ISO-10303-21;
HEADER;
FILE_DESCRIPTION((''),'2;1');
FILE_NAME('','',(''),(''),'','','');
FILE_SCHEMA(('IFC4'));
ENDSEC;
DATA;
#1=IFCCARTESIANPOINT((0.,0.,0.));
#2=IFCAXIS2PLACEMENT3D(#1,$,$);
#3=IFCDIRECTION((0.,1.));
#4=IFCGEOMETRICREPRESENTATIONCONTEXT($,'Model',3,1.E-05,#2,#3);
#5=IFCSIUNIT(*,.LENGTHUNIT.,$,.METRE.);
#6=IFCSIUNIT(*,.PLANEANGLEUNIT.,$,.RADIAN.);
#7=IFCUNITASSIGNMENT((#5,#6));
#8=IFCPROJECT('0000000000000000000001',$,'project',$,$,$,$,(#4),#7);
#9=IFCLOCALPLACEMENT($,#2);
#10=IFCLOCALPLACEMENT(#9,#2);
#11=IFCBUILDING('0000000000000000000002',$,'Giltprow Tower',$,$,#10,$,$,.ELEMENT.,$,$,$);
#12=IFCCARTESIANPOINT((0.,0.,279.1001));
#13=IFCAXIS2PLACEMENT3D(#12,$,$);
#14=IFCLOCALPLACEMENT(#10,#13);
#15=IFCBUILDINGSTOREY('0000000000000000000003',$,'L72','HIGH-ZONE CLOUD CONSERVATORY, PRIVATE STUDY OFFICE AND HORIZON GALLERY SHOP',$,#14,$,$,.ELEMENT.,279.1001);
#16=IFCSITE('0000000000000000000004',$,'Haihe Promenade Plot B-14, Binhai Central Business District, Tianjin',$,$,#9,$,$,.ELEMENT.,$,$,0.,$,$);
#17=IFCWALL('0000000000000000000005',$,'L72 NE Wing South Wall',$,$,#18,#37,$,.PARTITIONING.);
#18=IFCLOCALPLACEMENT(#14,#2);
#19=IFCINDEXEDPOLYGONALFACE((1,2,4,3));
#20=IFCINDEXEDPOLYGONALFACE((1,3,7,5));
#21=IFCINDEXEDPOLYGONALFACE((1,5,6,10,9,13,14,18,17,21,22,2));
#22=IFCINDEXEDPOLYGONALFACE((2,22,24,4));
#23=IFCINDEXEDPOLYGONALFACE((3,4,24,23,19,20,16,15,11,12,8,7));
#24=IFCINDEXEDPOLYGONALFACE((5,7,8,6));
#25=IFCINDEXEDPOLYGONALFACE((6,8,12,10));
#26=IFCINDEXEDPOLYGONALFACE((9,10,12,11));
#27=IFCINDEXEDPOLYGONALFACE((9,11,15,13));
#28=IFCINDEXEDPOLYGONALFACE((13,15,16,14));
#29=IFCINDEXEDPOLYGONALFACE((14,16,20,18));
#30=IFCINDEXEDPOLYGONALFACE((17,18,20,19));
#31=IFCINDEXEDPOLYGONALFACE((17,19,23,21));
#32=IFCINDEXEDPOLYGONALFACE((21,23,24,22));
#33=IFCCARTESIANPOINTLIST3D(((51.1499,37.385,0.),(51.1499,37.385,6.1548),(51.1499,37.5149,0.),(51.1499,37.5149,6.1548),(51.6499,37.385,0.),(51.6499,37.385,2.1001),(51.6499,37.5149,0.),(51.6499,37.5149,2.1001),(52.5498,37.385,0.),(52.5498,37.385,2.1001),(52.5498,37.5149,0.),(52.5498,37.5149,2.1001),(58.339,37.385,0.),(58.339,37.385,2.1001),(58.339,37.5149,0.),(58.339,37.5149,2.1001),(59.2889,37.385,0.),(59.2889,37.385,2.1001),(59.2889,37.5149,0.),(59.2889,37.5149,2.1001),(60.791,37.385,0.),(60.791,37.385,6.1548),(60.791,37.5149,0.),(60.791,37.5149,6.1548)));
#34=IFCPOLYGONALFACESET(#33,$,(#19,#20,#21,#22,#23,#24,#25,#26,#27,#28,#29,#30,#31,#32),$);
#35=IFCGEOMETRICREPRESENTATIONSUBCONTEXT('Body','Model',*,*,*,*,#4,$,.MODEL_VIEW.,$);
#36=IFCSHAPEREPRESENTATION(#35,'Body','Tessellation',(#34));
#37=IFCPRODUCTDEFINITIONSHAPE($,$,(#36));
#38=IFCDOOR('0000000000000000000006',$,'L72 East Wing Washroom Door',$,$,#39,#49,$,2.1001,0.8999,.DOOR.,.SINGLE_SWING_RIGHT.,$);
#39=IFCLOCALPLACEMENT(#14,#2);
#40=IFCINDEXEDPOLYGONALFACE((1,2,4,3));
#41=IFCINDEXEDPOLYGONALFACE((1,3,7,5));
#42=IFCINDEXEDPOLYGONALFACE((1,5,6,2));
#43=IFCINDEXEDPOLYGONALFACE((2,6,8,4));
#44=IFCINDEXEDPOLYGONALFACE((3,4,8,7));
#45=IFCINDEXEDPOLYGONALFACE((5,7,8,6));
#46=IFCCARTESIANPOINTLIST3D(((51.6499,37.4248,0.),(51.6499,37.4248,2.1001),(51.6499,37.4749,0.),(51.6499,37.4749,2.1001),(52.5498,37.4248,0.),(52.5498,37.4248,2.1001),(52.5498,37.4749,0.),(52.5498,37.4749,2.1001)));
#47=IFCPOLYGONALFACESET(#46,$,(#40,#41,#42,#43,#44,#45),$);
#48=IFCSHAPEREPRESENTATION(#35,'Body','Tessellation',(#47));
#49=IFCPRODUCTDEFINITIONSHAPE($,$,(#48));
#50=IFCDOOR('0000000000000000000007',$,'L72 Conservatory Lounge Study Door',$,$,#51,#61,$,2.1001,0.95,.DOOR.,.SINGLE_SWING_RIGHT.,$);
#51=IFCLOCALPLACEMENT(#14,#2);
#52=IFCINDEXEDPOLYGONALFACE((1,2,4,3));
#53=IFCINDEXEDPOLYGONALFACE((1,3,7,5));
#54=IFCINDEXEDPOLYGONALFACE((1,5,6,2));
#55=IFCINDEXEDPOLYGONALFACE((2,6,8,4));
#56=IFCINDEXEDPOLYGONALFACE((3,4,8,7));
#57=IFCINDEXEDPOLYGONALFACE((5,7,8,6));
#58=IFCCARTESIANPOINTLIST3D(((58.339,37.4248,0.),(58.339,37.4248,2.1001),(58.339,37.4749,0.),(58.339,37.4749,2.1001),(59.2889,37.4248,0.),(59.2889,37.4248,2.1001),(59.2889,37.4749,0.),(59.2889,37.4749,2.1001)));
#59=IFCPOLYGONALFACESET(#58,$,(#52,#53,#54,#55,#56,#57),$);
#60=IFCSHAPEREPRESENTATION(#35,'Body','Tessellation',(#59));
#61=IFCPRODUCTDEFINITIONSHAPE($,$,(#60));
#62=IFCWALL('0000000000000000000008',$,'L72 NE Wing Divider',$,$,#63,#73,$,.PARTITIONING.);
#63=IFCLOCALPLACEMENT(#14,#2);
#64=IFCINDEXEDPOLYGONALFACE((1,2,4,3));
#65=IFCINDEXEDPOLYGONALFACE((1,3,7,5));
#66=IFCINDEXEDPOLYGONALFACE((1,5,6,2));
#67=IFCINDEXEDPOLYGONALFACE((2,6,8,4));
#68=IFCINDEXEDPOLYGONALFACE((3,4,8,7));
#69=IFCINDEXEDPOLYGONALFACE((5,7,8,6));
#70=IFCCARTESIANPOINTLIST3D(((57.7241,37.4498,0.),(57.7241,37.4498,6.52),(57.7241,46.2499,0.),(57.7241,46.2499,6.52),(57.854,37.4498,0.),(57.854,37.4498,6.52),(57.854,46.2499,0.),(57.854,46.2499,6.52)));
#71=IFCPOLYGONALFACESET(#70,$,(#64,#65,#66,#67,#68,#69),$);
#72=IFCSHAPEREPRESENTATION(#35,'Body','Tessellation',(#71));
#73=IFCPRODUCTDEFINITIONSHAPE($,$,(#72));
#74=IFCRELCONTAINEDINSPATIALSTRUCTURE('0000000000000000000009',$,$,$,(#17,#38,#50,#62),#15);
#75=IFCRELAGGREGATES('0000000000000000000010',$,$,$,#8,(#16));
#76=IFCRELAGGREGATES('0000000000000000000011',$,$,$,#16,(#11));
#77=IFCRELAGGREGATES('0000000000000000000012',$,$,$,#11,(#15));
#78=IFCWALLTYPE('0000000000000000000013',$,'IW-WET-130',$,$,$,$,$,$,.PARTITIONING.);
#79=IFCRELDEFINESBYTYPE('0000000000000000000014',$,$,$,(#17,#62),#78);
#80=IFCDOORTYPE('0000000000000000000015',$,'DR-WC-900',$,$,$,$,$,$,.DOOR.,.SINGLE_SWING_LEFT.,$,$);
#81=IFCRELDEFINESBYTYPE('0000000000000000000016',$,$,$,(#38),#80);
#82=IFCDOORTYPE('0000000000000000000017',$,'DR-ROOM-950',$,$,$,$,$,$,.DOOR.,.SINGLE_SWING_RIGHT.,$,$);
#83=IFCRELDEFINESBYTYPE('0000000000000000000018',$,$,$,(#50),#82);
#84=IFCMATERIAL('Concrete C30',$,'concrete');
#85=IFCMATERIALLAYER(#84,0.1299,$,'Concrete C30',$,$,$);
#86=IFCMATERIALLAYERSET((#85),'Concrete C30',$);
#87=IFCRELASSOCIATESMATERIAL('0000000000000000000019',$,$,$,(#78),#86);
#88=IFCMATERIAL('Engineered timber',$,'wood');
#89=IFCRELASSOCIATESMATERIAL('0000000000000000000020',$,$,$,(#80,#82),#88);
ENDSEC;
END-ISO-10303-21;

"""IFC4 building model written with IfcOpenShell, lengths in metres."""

from ifc_helpers import new_model, si_unit, direction, frame, frame_2d, origin, place, context, subcontext, project, spatial, rectangle, extrude, source, transform, mapped, material, layer, layer_set, type_object, element, fill, save


model = new_model("IFC4")

# Units and contexts
model_context = context("Model", 3, precision=1e-05, world=origin(), true_north=direction((0.0, 1.0)))
body_context = subcontext(model_context, "Body", "Model", "MODEL_VIEW")
ifc_project = project(units=[si_unit("LENGTHUNIT", "METRE"), si_unit("PLANEANGLEUNIT", "RADIAN")], contexts=[model_context])

# Site, building, storey
site_placement = place(None, origin())
site = spatial("IfcSite", under=ifc_project, at=site_placement, Name="Haihe Promenade Plot B-14, Binhai Central Business District, Tianjin", CompositionType="ELEMENT", RefElevation=0.0)
building_placement = place(site_placement, origin())
building = spatial("IfcBuilding", under=site, at=building_placement, Name="Giltprow Tower", CompositionType="ELEMENT")
storey_placement = place(building_placement, frame((0.0, 0.0, 279.1001)))
storey = spatial("IfcBuildingStorey", under=building, at=storey_placement, Name="L72", Description="HIGH-ZONE CLOUD CONSERVATORY, PRIVATE STUDY OFFICE AND HORIZON GALLERY SHOP", CompositionType="ELEMENT", Elevation=279.1001)

# Wall, openings, doors
ifc_material_1 = material(Name="Concrete C30", Category="concrete")
ifc_layer_1 = layer(ifc_material_1, 0.1299, Name="Concrete C30")
ifc_layer_set_1 = layer_set([ifc_layer_1], Name="Concrete C30")
wall_type_1 = type_object("IfcWallType", Name="IW-WET-130", PredefinedType="PARTITIONING", material=ifc_layer_set_1)
wall_1_placement = place(storey_placement, frame((51.1499, 37.45, 0.0), z_axis=(0.0, 0.0, 1.0), x_axis=(1.0, 0.0, 0.0)))
wall_1 = element("IfcWall", 1, at=wall_1_placement, inside=storey, type_object=wall_type_1, Name="L72 NE Wing South Wall", PredefinedType="PARTITIONING", context=body_context, shape_type="SweptSolid", body=[
    extrude(rectangle(XDim=9.6411, YDim=0.1299, at=frame_2d((4.8206, 0.0))), origin(), (0.0, 0.0, 1.0), 6.1548),
])
opening_1_placement = place(wall_1_placement, frame((0.5, 0.0, 0.0)))
opening_1 = element("IfcOpeningElement", 2, at=opening_1_placement, cuts=wall_1, PredefinedType="OPENING", context=body_context, shape_type="SweptSolid", body=[
    extrude(rectangle(XDim=0.8999, YDim=2.1001, at=frame_2d((0.45, 1.05))), frame((0.0, 0.075, 0.0), z_axis=(0.0, -1.0, 0.0), x_axis=(1.0, 0.0, 0.0)), (0.0, 0.0, 1.0), 0.1499),
])
opening_2_placement = place(wall_1_placement, frame((7.189, 0.0, 0.0)))
opening_2 = element("IfcOpeningElement", 3, at=opening_2_placement, cuts=wall_1, PredefinedType="OPENING", context=body_context, shape_type="SweptSolid", body=[
    extrude(rectangle(XDim=0.95, YDim=2.1001, at=frame_2d((0.4751, 1.05))), frame((0.0, 0.075, 0.0), z_axis=(0.0, -1.0, 0.0), x_axis=(1.0, 0.0, 0.0)), (0.0, 0.0, 1.0), 0.1499),
])
ifc_material_2 = material(Name="Engineered timber", Category="wood")
door_type_1 = type_object("IfcDoorType", Name="DR-WC-900", OperationType="SINGLE_SWING_LEFT", PredefinedType="DOOR", material=ifc_material_2)
shared_shape_1 = source(origin(), body_context, "Body", "SweptSolid", [
    extrude(rectangle(XDim=0.8999, YDim=2.1001, at=frame_2d((0.45, 1.05))), frame((0.0, 0.0249, 0.0), z_axis=(0.0, -1.0, 0.0), x_axis=(1.0, 0.0, 0.0)), (0.0, 0.0, 1.0), 0.05),
])
door_1_placement = place(opening_1_placement, origin())
door_1 = element("IfcDoor", 4, at=door_1_placement, inside=storey, type_object=door_type_1, Name="L72 East Wing Washroom Door", OperationType="SINGLE_SWING_RIGHT", OverallHeight=2.1001, OverallWidth=0.8999, PredefinedType="DOOR", context=body_context, shape_type="MappedRepresentation", body=[
    mapped(shared_shape_1, transform((0.0, 0.0, 0.0), x_axis=(1.0, 0.0, 0.0), y_axis=(0.0, 1.0, 0.0), z_axis=(0.0, 0.0, 1.0), scale=1.0)),
])
fill(opening_1, door_1)
door_type_2 = type_object("IfcDoorType", Name="DR-ROOM-950", OperationType="SINGLE_SWING_RIGHT", PredefinedType="DOOR", material=ifc_material_2)
shared_shape_2 = source(origin(), body_context, "Body", "SweptSolid", [
    extrude(rectangle(XDim=0.95, YDim=2.1001, at=frame_2d((0.4751, 1.05))), frame((0.0, 0.0249, 0.0), z_axis=(0.0, -1.0, 0.0), x_axis=(1.0, 0.0, 0.0)), (0.0, 0.0, 1.0), 0.05),
])
door_2_placement = place(opening_2_placement, origin())
door_2 = element("IfcDoor", 5, at=door_2_placement, inside=storey, type_object=door_type_2, Name="L72 Conservatory Lounge Study Door", OperationType="SINGLE_SWING_RIGHT", OverallHeight=2.1001, OverallWidth=0.95, PredefinedType="DOOR", context=body_context, shape_type="MappedRepresentation", body=[
    mapped(shared_shape_2, transform((0.0, 0.0, 0.0), x_axis=(1.0, 0.0, 0.0), y_axis=(0.0, 1.0, 0.0), z_axis=(0.0, 0.0, 1.0), scale=1.0)),
])
fill(opening_2, door_2)

# Wall
wall_2_placement = place(storey_placement, frame((57.7891, 37.45, 0.0), z_axis=(0.0, 0.0, 1.0), x_axis=(0.0, 1.0, 0.0)))
element("IfcWall", 6, at=wall_2_placement, inside=storey, type_object=wall_type_1, Name="L72 NE Wing Divider", PredefinedType="PARTITIONING", context=body_context, shape_type="SweptSolid", body=[
    extrude(rectangle(XDim=8.8, YDim=0.1299, at=frame_2d((4.3999, 0.0))), origin(), (0.0, 0.0, 1.0), 6.52),
])

save(model, "model.ifc")
